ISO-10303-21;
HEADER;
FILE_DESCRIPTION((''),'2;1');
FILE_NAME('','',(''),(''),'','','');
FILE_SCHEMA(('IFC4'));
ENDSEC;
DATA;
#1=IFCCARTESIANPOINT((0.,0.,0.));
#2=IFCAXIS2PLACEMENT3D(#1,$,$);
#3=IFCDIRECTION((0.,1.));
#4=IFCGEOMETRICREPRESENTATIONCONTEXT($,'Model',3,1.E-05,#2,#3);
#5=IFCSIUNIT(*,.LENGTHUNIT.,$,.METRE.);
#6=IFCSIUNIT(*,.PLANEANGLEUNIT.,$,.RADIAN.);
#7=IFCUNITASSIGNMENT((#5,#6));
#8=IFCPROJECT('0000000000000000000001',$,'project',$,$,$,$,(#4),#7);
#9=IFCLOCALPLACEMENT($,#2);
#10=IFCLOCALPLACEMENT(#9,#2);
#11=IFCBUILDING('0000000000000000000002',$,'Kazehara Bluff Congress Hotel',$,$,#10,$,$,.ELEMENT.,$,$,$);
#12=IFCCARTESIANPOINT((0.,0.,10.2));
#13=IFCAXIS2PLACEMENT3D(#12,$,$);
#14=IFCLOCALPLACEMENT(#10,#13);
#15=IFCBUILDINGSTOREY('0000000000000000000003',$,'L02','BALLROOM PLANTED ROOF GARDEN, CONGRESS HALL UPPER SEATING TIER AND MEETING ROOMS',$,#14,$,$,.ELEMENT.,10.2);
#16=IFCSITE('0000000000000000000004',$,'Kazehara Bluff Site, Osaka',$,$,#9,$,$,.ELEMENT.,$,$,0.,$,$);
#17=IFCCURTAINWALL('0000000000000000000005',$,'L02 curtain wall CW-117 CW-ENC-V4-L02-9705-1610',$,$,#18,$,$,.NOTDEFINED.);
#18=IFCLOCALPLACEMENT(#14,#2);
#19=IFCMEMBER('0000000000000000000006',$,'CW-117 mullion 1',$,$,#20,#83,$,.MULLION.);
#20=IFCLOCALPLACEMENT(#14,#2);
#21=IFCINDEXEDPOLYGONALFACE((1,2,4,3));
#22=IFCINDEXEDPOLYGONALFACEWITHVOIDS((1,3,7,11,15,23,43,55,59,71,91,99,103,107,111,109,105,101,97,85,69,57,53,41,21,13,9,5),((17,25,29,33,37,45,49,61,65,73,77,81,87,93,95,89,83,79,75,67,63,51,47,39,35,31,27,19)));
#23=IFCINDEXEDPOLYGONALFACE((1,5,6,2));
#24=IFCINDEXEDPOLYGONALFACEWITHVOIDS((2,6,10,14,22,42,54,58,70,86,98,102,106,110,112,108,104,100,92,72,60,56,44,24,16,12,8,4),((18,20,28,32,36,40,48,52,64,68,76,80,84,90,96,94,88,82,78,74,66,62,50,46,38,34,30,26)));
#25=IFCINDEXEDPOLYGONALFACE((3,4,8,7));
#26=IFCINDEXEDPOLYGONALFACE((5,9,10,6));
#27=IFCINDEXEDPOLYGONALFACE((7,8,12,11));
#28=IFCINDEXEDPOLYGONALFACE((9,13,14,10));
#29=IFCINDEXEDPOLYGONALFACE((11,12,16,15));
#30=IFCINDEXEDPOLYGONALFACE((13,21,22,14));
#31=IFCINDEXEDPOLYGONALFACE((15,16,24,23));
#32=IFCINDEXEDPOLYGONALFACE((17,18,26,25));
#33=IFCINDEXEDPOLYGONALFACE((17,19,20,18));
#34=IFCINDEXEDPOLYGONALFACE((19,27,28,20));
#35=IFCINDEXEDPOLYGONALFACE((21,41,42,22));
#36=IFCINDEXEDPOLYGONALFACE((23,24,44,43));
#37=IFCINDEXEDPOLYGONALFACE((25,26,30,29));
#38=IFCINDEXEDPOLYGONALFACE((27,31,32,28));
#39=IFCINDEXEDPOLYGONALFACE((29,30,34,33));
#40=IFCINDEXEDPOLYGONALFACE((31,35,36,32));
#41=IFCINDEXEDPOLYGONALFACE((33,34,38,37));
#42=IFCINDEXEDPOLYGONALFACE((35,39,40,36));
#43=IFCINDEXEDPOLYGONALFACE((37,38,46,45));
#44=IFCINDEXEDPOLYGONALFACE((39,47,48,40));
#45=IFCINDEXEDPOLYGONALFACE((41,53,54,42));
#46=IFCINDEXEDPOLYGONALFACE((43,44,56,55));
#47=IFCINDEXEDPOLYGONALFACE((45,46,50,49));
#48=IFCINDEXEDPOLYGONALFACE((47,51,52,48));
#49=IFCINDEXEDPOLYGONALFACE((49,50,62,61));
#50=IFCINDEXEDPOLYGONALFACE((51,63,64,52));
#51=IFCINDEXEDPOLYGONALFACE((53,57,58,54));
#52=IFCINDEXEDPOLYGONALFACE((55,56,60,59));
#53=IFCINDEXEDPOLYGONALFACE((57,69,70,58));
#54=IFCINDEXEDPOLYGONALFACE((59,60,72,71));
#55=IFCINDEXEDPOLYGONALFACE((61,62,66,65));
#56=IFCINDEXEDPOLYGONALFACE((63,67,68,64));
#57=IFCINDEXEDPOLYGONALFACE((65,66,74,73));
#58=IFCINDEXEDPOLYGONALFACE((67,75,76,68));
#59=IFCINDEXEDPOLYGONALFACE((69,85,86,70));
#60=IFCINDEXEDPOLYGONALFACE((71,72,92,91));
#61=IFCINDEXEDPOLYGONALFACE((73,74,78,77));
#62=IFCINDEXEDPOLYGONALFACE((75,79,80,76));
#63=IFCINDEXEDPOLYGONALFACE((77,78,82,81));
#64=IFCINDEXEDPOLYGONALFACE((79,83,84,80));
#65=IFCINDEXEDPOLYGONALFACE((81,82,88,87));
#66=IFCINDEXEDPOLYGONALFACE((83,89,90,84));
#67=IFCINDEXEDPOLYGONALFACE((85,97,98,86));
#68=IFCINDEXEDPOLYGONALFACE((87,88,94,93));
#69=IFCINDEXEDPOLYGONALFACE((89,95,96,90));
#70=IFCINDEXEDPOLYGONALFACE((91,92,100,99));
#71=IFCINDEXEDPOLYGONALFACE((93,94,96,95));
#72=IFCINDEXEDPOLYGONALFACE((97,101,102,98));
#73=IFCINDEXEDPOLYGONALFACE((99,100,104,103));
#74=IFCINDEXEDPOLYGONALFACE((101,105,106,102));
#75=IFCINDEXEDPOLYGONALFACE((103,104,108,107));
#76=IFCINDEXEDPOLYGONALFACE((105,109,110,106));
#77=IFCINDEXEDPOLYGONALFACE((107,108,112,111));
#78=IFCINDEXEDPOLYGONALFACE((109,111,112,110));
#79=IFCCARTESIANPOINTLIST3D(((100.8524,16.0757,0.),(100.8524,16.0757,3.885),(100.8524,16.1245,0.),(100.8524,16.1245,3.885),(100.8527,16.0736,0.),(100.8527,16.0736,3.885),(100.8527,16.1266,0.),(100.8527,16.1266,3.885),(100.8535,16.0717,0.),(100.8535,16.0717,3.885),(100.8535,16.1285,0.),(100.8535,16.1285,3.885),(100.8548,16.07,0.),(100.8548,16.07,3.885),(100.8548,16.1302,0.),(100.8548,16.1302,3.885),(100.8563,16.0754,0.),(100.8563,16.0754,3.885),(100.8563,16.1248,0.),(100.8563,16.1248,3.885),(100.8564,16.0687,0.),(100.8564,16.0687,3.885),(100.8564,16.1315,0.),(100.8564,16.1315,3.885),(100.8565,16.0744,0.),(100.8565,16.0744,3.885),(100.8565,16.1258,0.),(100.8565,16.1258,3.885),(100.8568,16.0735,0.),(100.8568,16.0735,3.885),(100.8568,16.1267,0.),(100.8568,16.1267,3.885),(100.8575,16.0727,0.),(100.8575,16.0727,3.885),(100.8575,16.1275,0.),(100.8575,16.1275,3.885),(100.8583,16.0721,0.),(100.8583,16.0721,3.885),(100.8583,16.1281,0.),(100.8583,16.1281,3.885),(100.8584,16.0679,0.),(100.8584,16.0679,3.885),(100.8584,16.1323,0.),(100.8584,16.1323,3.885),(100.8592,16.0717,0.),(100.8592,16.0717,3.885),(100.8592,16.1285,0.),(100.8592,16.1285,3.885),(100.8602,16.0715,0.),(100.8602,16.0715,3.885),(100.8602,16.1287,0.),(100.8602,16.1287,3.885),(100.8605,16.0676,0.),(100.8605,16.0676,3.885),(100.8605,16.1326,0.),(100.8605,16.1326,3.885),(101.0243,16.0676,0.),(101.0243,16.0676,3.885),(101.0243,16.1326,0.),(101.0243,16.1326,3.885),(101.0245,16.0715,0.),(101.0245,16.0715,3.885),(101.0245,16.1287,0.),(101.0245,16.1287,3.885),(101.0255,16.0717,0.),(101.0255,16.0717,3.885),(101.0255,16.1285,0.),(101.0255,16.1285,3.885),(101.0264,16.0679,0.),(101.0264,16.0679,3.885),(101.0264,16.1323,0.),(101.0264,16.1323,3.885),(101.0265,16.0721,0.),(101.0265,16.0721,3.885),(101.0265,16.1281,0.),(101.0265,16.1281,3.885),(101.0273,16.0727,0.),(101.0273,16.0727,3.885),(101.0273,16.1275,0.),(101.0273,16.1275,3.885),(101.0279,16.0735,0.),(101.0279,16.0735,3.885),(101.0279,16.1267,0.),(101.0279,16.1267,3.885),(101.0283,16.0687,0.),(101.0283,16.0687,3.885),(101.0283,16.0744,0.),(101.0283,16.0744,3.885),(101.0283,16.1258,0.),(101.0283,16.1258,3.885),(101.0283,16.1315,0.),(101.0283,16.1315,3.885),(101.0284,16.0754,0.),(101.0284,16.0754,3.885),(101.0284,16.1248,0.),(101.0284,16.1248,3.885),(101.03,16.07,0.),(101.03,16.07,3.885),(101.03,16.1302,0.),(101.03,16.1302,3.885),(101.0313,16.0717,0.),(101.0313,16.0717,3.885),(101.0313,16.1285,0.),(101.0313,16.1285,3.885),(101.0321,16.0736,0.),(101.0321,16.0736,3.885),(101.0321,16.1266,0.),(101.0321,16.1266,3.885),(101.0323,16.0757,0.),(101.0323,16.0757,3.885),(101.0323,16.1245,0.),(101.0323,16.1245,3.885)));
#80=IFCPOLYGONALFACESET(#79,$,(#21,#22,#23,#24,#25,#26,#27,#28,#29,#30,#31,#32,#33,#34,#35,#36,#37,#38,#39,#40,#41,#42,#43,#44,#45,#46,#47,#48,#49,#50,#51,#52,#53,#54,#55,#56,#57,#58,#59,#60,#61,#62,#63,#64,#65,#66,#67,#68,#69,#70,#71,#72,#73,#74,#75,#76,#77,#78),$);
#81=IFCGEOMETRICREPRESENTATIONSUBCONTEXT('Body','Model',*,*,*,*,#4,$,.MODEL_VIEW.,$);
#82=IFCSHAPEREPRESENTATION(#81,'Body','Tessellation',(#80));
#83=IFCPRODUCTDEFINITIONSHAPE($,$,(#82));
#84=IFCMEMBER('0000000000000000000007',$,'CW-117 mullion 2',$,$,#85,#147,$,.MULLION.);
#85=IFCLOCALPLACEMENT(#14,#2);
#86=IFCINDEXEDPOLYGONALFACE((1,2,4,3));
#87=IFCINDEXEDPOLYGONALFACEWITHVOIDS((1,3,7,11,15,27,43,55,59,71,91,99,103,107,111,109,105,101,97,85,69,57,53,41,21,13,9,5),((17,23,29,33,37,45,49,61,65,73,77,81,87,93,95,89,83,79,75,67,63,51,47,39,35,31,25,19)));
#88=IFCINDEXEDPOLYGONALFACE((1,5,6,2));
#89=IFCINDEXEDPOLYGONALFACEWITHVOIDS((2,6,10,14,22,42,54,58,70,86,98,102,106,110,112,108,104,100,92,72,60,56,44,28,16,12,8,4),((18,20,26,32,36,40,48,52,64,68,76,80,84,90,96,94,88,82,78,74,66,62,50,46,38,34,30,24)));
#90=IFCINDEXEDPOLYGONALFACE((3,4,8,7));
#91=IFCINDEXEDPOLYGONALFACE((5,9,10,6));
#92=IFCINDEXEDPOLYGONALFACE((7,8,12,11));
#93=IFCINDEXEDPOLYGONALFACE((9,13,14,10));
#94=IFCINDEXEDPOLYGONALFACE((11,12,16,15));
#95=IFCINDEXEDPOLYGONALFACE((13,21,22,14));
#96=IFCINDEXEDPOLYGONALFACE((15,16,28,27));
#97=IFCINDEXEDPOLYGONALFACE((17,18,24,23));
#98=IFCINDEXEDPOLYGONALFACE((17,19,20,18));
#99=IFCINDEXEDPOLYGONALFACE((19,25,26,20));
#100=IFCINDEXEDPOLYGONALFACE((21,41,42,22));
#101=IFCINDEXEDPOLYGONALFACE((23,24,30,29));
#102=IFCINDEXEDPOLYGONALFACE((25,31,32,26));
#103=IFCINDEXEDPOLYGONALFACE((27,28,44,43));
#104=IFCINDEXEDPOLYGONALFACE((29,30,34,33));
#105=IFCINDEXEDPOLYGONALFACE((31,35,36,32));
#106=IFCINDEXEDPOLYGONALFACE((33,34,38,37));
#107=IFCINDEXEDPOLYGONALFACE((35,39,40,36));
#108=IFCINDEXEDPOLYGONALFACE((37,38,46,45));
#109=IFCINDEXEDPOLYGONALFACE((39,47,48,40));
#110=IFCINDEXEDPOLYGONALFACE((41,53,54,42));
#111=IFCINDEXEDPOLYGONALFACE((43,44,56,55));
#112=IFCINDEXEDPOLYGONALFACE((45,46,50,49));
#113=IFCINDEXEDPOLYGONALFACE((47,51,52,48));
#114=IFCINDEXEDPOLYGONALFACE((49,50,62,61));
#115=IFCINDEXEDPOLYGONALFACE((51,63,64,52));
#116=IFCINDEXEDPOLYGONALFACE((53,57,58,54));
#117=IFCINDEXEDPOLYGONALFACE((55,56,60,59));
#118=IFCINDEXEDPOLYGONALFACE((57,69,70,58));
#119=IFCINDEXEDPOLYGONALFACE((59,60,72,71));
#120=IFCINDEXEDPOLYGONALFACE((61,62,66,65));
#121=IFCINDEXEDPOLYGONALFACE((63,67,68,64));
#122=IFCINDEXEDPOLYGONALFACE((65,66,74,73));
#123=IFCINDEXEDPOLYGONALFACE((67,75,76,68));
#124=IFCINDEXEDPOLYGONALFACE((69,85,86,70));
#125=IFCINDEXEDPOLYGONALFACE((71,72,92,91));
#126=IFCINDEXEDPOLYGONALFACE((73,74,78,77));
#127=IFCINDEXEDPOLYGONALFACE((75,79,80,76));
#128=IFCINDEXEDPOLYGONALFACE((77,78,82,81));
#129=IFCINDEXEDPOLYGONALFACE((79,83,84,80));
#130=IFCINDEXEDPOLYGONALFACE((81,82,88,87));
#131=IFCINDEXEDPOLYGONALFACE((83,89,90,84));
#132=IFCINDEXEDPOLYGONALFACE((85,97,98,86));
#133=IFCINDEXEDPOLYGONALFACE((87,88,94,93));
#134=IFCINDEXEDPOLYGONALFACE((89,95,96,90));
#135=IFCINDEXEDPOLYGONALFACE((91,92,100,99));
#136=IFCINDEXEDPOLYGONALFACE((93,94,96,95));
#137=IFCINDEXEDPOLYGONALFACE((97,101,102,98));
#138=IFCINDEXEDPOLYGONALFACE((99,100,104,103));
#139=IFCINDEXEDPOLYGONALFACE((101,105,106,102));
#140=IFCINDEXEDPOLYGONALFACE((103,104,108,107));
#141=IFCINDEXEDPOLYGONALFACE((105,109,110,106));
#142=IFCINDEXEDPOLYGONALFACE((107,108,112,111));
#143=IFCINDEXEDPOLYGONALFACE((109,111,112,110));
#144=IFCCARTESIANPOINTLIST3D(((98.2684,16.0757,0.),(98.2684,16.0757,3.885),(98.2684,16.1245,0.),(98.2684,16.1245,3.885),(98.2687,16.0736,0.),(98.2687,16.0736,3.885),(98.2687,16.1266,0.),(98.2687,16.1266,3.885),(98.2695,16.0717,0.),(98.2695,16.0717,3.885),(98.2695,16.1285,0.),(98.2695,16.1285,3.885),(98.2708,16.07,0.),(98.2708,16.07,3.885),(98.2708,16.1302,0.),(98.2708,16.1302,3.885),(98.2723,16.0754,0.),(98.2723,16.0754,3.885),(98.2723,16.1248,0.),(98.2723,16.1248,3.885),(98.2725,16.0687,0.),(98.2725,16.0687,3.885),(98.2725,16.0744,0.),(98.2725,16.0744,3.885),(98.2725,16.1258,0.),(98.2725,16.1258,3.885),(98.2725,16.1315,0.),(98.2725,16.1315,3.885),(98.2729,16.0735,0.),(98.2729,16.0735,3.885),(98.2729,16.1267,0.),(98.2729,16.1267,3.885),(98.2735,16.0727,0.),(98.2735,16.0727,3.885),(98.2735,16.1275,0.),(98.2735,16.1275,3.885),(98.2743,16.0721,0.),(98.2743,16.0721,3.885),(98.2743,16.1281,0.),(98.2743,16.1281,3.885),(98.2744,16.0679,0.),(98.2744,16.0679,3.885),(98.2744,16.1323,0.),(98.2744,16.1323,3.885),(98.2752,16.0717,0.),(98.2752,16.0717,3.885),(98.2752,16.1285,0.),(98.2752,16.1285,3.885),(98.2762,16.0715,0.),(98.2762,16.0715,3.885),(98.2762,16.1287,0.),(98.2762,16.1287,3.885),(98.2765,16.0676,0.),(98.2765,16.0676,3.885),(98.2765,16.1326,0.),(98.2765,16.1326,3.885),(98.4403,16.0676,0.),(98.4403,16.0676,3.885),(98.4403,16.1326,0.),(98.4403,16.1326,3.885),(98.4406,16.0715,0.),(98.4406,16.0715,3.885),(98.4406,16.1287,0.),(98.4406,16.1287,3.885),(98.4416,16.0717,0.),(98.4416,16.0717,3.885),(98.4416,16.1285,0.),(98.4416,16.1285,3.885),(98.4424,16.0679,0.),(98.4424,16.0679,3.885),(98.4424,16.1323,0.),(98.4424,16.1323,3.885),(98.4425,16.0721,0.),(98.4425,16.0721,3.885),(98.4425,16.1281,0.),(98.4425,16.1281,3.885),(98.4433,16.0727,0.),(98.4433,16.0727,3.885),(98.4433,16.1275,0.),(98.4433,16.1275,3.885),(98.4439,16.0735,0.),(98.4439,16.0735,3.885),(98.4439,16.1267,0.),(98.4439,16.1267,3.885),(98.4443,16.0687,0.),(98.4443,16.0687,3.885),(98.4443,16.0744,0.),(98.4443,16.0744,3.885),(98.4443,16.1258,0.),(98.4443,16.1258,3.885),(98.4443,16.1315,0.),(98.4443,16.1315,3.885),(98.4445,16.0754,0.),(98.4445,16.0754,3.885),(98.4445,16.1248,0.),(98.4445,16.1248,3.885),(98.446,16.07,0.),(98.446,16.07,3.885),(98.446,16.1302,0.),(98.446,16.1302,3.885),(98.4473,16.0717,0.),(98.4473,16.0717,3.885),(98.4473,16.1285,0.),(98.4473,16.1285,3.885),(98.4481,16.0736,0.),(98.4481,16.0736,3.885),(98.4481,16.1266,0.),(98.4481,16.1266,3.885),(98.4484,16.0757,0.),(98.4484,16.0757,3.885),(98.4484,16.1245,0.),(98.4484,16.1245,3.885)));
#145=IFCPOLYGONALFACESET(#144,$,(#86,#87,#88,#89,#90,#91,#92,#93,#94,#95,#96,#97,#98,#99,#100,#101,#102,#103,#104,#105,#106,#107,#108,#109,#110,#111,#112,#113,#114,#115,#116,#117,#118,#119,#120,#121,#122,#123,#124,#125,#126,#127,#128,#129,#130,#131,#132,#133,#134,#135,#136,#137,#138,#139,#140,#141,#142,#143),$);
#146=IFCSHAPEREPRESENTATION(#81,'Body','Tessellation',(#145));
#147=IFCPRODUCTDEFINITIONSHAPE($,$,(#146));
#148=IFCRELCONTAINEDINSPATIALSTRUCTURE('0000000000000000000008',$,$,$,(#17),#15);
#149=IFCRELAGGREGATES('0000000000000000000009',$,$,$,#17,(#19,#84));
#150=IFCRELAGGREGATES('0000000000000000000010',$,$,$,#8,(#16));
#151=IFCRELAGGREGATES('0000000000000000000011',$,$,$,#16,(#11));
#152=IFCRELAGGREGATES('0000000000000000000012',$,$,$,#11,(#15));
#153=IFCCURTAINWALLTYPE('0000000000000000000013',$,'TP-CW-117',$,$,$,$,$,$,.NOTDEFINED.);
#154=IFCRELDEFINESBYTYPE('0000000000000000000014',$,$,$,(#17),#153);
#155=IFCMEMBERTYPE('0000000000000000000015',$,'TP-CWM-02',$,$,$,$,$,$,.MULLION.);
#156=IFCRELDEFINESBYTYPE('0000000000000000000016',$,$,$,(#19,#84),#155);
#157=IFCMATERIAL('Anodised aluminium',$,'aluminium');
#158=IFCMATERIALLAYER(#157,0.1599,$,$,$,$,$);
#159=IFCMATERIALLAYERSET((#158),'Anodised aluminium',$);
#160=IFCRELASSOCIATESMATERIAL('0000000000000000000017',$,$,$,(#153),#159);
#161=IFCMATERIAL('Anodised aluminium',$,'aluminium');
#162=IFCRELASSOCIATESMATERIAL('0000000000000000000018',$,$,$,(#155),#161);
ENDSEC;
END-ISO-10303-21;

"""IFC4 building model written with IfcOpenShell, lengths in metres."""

from ifc_helpers import new_model, si_unit, direction, frame, origin, origin_2d, place, context, subcontext, project, spatial, hollow_rectangle, extrude, material, layer, layer_set, material_profile, profile_set, type_object, element, aggregate, save


model = new_model("IFC4")

# Units and contexts
model_context = context("Model", 3, precision=1e-05, world=origin(), true_north=direction((0.0, 1.0)))
body_context = subcontext(model_context, "Body", "Model", "MODEL_VIEW")
ifc_project = project(units=[si_unit("LENGTHUNIT", "METRE"), si_unit("PLANEANGLEUNIT", "RADIAN")], contexts=[model_context])

# Site, building, storey
site_placement = place(None, origin())
site = spatial("IfcSite", under=ifc_project, at=site_placement, Name="Kazehara Bluff Site, Osaka", CompositionType="ELEMENT", RefElevation=0.0)
building_placement = place(site_placement, origin())
building = spatial("IfcBuilding", under=site, at=building_placement, Name="Kazehara Bluff Congress Hotel", CompositionType="ELEMENT")
storey_placement = place(building_placement, frame((0.0, 0.0, 10.2)))
storey = spatial("IfcBuildingStorey", under=building, at=storey_placement, Name="L02", Description="BALLROOM PLANTED ROOF GARDEN, CONGRESS HALL UPPER SEATING TIER AND MEETING ROOMS", CompositionType="ELEMENT", Elevation=10.2)

# Curtain wall, members
ifc_material_1 = material(Name="Anodised aluminium", Category="aluminium")
ifc_layer_1 = layer(ifc_material_1, 0.1599)
ifc_layer_set_1 = layer_set([ifc_layer_1], Name="Anodised aluminium")
curtain_wall_type_1 = type_object("IfcCurtainWallType", Name="TP-CW-117", PredefinedType="NOTDEFINED", material=ifc_layer_set_1)
curtain_wall_1_placement = place(storey_placement, origin())
curtain_wall_1 = element("IfcCurtainWall", 1, at=curtain_wall_1_placement, inside=storey, type_object=curtain_wall_type_1, Name="L02 curtain wall CW-117 CW-ENC-V4-L02-9705-1610", PredefinedType="NOTDEFINED")
ifc_material_2 = material(Name="Anodised aluminium", Category="aluminium")
ifc_material_profile_1 = material_profile(ifc_material_2, hollow_rectangle(XDim=0.0649, YDim=0.1799, WallThickness=0.0039, InnerFilletRadius=0.0039, OuterFilletRadius=0.0081, at=origin_2d()))
ifc_profile_set_1 = profile_set([ifc_material_profile_1], Name="Anodised aluminium")
member_type_1 = type_object("IfcMemberType", Name="TP-CWM-02", PredefinedType="MULLION", material=ifc_profile_set_1)
member_1_placement = place(storey_placement, frame((100.9424, 16.1001, 0.0), z_axis=(0.0, 0.0, 1.0), x_axis=(0.0, -1.0, 0.0)))
member_1 = element("IfcMember", 2, at=member_1_placement, type_object=member_type_1, Name="CW-117 mullion 1", PredefinedType="MULLION", context=body_context, shape_type="SweptSolid", body=[
    extrude(hollow_rectangle(XDim=0.0649, YDim=0.1799, WallThickness=0.0039, InnerFilletRadius=0.0039, OuterFilletRadius=0.0081, at=origin_2d()), origin(), (0.0, 0.0, 1.0), 3.885),
])
member_2_placement = place(storey_placement, frame((98.3584, 16.1001, 0.0), z_axis=(0.0, 0.0, 1.0), x_axis=(0.0, -1.0, 0.0)))
member_2 = element("IfcMember", 3, at=member_2_placement, type_object=member_type_1, Name="CW-117 mullion 2", PredefinedType="MULLION", context=body_context, shape_type="SweptSolid", body=[
    extrude(hollow_rectangle(XDim=0.0649, YDim=0.1799, WallThickness=0.0039, InnerFilletRadius=0.0039, OuterFilletRadius=0.0081, at=origin_2d()), origin(), (0.0, 0.0, 1.0), 3.885),
])

aggregate(curtain_wall_1, [member_1, member_2])

save(model, "model.ifc")
